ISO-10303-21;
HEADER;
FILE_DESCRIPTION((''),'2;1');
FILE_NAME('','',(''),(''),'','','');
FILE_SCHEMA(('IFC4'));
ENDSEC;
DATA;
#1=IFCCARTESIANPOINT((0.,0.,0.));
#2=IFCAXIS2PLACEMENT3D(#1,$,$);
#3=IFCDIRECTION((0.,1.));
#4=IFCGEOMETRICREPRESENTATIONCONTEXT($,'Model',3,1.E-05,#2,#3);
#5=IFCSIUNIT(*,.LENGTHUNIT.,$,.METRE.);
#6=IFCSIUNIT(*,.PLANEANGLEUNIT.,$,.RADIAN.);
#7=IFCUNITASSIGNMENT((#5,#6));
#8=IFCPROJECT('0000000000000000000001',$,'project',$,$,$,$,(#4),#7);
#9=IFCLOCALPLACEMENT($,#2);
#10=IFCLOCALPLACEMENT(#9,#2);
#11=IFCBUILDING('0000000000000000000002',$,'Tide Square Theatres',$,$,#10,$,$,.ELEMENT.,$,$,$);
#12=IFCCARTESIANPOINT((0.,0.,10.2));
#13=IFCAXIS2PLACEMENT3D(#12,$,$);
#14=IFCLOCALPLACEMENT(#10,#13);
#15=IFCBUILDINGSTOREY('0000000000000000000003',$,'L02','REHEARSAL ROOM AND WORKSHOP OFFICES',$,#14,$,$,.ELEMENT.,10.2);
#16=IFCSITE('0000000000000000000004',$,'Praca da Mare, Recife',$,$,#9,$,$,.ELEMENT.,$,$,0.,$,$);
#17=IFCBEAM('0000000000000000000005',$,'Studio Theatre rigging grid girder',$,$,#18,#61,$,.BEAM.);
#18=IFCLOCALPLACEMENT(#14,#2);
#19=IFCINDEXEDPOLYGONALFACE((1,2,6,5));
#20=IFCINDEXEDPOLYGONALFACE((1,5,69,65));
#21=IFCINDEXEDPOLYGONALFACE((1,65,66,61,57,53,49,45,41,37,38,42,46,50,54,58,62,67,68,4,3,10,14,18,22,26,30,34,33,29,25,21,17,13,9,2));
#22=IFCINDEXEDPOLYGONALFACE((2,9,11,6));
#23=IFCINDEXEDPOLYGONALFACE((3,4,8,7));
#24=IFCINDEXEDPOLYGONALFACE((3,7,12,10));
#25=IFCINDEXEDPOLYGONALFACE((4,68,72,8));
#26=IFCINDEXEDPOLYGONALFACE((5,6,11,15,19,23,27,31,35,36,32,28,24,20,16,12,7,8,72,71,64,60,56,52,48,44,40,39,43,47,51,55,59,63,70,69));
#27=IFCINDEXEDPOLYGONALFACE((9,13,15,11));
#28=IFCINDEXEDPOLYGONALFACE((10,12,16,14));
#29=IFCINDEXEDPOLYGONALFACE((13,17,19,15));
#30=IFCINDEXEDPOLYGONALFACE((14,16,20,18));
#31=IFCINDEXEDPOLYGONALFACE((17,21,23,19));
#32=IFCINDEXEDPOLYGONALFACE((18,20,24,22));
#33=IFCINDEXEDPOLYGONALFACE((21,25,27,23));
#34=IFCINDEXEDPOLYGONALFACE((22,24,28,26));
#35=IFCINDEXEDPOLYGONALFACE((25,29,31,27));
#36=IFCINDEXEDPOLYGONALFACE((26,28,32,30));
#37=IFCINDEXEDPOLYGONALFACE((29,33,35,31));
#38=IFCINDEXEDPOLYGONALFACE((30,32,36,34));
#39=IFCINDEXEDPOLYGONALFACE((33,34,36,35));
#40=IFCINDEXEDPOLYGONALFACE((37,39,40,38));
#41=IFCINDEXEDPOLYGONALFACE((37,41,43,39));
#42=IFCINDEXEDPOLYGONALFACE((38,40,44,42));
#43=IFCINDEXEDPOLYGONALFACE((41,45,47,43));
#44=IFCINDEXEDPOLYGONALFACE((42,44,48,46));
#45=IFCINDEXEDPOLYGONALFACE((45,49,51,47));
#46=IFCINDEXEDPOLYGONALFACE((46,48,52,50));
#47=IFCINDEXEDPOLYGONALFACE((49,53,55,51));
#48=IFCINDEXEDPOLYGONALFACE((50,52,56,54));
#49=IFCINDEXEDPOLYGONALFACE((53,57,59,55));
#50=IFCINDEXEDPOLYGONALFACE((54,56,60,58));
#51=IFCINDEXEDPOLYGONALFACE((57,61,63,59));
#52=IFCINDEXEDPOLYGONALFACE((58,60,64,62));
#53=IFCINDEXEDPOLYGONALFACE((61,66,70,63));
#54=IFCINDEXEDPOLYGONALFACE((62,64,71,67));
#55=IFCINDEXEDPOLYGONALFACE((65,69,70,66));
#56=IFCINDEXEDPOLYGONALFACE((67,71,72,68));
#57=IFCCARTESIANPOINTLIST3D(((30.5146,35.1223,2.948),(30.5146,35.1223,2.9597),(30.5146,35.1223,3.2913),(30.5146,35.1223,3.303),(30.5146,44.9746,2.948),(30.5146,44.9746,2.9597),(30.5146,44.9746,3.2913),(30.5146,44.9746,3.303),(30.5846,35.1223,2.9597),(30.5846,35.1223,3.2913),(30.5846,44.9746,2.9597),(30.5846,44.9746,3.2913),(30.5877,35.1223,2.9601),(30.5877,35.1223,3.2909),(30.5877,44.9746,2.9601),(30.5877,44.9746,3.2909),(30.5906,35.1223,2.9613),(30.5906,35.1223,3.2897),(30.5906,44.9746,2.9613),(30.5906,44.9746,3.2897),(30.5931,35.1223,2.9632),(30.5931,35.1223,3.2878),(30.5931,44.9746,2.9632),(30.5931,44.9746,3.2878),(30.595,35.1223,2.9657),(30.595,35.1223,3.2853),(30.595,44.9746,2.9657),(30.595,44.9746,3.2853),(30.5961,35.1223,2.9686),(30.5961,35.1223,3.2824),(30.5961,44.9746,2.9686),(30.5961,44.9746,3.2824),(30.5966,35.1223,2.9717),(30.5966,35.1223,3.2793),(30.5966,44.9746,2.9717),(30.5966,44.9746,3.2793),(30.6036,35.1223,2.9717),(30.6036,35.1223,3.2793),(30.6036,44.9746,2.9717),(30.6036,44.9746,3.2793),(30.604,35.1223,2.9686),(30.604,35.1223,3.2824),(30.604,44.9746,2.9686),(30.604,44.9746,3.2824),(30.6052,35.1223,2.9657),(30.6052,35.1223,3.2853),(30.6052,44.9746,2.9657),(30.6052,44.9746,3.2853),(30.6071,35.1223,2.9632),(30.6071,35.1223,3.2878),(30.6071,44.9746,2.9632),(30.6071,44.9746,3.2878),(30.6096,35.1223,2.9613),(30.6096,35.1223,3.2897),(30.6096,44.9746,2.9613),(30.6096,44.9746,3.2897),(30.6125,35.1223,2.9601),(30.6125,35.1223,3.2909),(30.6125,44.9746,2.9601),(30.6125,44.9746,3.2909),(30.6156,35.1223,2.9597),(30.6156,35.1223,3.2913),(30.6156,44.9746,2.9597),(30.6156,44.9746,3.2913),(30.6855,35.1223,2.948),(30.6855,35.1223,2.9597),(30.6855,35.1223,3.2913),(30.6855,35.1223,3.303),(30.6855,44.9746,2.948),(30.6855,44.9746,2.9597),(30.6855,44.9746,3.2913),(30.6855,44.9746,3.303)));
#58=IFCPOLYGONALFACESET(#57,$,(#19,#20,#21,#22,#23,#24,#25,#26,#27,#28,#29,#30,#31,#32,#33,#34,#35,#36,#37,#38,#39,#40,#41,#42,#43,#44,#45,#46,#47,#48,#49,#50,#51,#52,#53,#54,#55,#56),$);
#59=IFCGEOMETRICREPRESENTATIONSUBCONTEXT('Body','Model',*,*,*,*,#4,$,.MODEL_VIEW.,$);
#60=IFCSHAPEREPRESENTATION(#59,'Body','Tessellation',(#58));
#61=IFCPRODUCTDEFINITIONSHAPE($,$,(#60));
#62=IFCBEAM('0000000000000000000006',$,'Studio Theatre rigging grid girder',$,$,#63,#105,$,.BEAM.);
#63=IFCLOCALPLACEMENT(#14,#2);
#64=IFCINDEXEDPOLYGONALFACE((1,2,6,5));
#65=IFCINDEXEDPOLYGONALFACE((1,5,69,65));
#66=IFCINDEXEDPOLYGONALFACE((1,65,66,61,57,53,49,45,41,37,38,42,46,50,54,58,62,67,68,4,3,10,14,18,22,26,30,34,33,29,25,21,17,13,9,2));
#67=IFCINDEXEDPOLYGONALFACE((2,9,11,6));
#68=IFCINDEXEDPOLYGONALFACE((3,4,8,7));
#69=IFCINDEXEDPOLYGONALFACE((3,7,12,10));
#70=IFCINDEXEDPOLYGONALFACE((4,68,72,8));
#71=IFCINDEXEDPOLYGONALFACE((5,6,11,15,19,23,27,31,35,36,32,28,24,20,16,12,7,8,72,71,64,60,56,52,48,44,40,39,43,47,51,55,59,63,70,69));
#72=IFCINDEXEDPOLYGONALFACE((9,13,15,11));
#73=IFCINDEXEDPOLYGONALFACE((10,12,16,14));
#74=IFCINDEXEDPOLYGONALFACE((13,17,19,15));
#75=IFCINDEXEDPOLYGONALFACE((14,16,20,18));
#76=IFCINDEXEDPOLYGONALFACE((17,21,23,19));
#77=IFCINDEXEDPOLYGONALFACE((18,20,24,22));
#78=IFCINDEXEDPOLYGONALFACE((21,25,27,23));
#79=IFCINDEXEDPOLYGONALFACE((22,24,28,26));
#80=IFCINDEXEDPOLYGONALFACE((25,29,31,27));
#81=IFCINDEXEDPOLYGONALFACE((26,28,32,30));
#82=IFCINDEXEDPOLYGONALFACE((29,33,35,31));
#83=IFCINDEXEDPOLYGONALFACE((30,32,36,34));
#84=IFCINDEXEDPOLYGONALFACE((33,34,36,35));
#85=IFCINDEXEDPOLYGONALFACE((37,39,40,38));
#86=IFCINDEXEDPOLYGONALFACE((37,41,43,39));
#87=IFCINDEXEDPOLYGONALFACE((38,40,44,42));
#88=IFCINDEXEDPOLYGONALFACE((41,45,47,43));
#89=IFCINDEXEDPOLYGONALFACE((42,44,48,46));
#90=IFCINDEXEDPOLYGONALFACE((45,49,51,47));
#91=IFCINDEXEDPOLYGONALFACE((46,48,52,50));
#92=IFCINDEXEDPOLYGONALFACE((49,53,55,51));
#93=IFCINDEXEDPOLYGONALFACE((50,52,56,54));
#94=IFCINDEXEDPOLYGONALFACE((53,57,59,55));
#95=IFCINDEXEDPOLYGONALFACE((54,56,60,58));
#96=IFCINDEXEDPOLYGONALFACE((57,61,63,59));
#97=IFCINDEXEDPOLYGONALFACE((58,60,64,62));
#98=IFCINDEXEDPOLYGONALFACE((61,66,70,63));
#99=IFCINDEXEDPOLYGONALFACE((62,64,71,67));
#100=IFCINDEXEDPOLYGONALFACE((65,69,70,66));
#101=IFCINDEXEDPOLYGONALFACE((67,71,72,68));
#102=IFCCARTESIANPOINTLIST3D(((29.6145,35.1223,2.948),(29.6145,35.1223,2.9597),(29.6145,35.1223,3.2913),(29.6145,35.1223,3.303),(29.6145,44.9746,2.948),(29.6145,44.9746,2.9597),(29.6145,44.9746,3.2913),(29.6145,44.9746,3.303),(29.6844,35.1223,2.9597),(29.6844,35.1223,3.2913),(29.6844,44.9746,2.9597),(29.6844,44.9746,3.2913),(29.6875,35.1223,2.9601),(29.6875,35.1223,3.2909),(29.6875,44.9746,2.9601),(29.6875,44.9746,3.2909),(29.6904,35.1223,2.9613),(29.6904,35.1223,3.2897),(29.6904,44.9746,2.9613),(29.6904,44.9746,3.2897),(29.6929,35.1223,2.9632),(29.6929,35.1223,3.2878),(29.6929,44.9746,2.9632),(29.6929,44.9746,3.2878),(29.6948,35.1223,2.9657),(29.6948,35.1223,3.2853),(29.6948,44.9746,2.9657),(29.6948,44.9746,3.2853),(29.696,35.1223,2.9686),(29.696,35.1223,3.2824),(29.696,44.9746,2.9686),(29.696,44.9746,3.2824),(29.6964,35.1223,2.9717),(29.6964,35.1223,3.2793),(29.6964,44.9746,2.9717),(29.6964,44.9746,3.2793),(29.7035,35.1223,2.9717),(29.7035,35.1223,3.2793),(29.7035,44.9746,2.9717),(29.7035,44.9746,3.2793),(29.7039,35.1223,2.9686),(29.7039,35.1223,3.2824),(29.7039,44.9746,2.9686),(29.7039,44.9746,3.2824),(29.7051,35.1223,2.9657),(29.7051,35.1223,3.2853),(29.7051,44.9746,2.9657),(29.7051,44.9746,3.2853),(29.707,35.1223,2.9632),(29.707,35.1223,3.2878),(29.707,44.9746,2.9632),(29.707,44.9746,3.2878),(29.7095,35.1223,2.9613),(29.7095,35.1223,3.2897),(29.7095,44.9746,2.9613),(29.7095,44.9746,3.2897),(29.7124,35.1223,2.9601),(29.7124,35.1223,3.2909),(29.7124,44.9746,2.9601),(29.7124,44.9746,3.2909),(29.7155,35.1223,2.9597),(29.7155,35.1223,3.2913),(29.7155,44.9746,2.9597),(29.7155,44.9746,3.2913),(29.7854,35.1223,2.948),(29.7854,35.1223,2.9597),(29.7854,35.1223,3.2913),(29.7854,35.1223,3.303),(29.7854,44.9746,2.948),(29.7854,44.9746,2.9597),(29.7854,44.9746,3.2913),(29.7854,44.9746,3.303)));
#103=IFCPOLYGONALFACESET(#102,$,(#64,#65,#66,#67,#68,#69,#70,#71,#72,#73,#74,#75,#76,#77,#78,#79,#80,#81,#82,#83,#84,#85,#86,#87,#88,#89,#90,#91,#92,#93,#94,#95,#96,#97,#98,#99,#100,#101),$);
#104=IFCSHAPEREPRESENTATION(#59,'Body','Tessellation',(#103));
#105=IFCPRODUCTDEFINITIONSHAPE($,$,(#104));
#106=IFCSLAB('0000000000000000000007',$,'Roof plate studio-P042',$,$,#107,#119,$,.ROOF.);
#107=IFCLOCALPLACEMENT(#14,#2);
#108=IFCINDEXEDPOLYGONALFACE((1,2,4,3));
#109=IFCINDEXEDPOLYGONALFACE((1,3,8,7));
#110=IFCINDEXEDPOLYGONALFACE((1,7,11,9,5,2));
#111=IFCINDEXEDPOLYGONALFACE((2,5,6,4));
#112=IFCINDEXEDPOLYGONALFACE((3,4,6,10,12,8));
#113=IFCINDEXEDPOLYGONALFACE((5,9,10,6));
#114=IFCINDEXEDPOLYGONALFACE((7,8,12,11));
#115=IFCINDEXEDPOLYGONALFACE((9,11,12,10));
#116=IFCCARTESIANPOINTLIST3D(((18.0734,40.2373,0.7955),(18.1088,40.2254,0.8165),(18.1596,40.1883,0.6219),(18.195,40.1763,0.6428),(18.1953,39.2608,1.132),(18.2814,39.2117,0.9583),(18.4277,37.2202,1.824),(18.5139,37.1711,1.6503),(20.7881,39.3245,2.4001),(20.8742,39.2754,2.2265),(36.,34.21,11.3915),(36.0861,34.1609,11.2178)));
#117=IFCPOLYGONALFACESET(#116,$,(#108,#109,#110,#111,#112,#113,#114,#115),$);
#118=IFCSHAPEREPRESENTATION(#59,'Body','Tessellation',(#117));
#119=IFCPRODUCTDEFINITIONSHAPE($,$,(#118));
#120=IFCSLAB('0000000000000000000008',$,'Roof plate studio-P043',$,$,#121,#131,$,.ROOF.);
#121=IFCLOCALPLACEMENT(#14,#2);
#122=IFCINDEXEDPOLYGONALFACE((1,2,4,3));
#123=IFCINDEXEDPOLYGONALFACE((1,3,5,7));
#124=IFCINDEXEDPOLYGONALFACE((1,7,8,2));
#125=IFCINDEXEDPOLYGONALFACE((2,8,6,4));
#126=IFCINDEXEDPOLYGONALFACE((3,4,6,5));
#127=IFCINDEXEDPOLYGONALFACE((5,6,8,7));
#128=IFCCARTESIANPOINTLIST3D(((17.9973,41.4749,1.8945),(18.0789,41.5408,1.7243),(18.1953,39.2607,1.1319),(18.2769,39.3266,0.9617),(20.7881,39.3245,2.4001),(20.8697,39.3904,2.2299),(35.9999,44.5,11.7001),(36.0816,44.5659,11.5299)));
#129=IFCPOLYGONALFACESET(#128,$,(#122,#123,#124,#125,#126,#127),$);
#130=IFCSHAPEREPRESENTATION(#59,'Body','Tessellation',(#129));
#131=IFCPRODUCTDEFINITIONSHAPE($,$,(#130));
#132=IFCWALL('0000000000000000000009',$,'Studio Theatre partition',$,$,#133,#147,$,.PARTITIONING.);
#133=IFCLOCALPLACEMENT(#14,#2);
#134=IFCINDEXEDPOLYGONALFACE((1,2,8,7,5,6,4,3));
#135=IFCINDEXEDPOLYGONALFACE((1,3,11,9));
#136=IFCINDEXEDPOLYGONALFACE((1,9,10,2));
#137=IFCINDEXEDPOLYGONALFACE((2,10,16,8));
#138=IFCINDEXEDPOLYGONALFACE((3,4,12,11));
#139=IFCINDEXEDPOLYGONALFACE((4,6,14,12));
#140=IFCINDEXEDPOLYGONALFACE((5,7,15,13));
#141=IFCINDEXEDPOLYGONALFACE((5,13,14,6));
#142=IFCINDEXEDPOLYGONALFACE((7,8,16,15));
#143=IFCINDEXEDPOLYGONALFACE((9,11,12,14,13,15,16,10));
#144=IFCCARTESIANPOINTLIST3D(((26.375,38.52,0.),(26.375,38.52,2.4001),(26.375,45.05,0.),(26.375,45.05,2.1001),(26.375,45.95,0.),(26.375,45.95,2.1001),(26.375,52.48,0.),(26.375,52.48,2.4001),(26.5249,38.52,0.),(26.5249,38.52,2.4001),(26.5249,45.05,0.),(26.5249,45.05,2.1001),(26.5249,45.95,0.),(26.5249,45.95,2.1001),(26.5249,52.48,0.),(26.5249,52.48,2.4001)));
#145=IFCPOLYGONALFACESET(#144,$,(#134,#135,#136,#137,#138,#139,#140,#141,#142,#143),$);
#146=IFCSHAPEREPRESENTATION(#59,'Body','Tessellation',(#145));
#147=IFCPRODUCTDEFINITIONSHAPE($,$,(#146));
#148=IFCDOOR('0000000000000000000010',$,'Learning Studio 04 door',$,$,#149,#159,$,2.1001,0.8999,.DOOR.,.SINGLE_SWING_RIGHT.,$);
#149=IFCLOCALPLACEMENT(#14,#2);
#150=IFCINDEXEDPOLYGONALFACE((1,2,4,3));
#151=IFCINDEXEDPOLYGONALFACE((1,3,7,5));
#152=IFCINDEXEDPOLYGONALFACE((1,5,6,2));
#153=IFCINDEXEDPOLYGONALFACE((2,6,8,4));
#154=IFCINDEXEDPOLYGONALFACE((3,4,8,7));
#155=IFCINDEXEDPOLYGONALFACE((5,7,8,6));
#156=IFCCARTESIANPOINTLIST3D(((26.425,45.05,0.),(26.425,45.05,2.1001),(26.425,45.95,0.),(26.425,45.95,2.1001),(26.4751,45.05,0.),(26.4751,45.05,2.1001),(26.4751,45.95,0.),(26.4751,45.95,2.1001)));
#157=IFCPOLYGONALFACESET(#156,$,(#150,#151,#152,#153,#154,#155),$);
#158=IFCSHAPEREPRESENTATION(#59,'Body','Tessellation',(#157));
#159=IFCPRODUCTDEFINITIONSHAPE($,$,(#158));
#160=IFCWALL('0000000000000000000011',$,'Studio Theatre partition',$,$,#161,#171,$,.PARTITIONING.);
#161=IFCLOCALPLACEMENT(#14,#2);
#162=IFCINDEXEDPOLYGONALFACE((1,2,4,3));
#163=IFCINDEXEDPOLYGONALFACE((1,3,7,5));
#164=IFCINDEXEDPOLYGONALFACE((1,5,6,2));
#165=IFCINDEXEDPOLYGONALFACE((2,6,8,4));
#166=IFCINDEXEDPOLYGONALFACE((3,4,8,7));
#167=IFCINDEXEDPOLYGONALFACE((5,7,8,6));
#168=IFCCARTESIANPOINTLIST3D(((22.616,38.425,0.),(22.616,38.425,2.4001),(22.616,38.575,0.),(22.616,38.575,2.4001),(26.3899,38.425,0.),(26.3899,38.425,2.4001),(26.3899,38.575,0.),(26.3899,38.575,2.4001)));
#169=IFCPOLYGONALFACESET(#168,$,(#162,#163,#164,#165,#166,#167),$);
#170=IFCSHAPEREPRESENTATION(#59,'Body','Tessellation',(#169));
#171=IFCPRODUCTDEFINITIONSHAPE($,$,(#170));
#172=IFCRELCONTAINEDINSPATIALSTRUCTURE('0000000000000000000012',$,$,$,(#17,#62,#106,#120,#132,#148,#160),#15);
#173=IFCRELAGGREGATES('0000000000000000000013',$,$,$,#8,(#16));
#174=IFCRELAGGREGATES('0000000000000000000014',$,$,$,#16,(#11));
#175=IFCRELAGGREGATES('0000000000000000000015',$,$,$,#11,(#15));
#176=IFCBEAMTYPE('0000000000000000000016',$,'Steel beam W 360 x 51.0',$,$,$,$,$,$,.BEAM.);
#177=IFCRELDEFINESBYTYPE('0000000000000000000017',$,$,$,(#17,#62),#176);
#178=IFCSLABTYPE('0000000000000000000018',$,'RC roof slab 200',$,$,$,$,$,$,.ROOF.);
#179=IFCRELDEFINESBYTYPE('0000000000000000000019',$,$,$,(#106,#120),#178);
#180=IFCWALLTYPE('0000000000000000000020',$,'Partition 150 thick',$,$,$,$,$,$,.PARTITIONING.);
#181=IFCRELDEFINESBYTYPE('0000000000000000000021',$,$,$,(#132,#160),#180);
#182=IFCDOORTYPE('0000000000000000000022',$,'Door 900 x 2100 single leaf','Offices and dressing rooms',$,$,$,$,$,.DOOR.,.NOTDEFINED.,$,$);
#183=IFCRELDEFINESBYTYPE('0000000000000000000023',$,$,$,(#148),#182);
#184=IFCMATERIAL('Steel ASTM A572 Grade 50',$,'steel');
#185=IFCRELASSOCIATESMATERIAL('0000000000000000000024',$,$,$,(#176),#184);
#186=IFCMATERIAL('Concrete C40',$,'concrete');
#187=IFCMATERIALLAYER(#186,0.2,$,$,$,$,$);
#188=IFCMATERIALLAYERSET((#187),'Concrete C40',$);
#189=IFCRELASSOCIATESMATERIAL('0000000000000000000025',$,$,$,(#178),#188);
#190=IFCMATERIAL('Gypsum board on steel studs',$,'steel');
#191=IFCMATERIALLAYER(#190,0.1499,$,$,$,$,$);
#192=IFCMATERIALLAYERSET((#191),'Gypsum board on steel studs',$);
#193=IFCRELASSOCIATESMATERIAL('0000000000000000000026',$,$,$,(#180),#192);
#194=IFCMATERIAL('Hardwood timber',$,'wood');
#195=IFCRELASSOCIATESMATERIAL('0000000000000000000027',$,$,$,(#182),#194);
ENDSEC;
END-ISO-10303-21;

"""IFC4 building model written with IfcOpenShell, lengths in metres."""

from ifc_helpers import new_model, si_unit, direction, frame, frame_2d, origin, origin_2d, place, context, subcontext, project, spatial, polyline, rectangle, i_section, outline, extrude, material, layer, layer_set, material_profile, profile_set, type_object, element, fill, save


model = new_model("IFC4")

# Units and contexts
model_context = context("Model", 3, precision=1e-05, world=origin(), true_north=direction((0.0, 1.0)))
body_context = subcontext(model_context, "Body", "Model", "MODEL_VIEW")
ifc_project = project(units=[si_unit("LENGTHUNIT", "METRE"), si_unit("PLANEANGLEUNIT", "RADIAN")], contexts=[model_context])

# Site, building, storey
site_placement = place(None, origin())
site = spatial("IfcSite", under=ifc_project, at=site_placement, Name="Praca da Mare, Recife", CompositionType="ELEMENT", RefElevation=0.0)
building_placement = place(site_placement, origin())
building = spatial("IfcBuilding", under=site, at=building_placement, Name="Tide Square Theatres", CompositionType="ELEMENT")
storey_placement = place(building_placement, frame((0.0, 0.0, 10.2)))
storey = spatial("IfcBuildingStorey", under=building, at=storey_placement, Name="L02", Description="REHEARSAL ROOM AND WORKSHOP OFFICES", CompositionType="ELEMENT", Elevation=10.2)

# Beams
ifc_material_1 = material(Name="Steel ASTM A572 Grade 50", Category="steel")
ifc_material_profile_1 = material_profile(ifc_material_1, i_section(OverallWidth=0.1709, OverallDepth=0.355, WebThickness=0.0071, FlangeThickness=0.0117, FilletRadius=0.012, at=origin_2d()))
ifc_profile_set_1 = profile_set([ifc_material_profile_1], Name="Steel ASTM A572 Grade 50")
beam_type = type_object("IfcBeamType", Name="Steel beam W 360 x 51.0", PredefinedType="BEAM", material=ifc_profile_set_1)
for number, where, z_axis, x_axis, name in (
    (1, (30.6001, 35.1223, 3.1255), (0.0, 1.0, 0.0), (-1.0, 0.0, 0.0), "Studio Theatre rigging grid girder"),
    (2, (29.7, 35.1223, 3.1255), (0.0, 1.0, 0.0), (-1.0, 0.0, 0.0), "Studio Theatre rigging grid girder"),
):
    element("IfcBeam", number, at=place(storey_placement, frame(where, z_axis=z_axis, x_axis=x_axis)), inside=storey, type_object=beam_type, Name=name, PredefinedType="BEAM", context=body_context, shape_type="SweptSolid", body=[
        extrude(i_section(OverallWidth=0.1709, OverallDepth=0.355, WebThickness=0.0071, FlangeThickness=0.0117, FilletRadius=0.012, at=origin_2d()), origin(), (0.0, 0.0, 1.0), 9.8523),
    ])

# Slabs
ifc_material_2 = material(Name="Concrete C40", Category="concrete")
ifc_layer_1 = layer(ifc_material_2, 0.2)
ifc_layer_set_1 = layer_set([ifc_layer_1], Name="Concrete C40")
slab_type = type_object("IfcSlabType", Name="RC roof slab 200", PredefinedType="ROOF", material=ifc_layer_set_1)
slab_1_placement = place(storey_placement, frame((18.4277, 37.2202, 1.824), z_axis=(-0.43079, 0.245433, 0.868437), x_axis=(0.868486, -0.148777, 0.472861)))
element("IfcSlab", 3, at=slab_1_placement, inside=storey, type_object=slab_type, Name="Roof plate studio-P042", PredefinedType="ROOF", context=body_context, shape_type="SweptSolid", body=[
    extrude(outline(polyline([(0.0, 0.0), (20.2332, 0.0), (2.0093, 2.5087), (-0.8327, 2.0008), (-1.2004, 2.9507), (-1.2429, 2.9566), (0.0, 0.0)])), origin(), (0.0, 0.0, -1.0), 0.2),
])
slab_2_placement = place(storey_placement, frame((20.7881, 39.3245, 2.4001), z_axis=(-0.408257, -0.329681, 0.851256), x_axis=(0.819365, 0.278771, 0.500927)))
element("IfcSlab", 4, at=slab_2_placement, inside=storey, type_object=slab_type, Name="Roof plate studio-P043", PredefinedType="ROOF", context=body_context, shape_type="SweptSolid", body=[
    extrude(outline(polyline([(0.0, 0.0), (18.5654, 0.0), (-1.9405, 2.9838), (-2.7775, 0.7877), (0.0, 0.0)])), origin(), (0.0, 0.0, -1.0), 0.2),
])

# Wall, opening, door
ifc_material_3 = material(Name="Gypsum board on steel studs", Category="steel")
ifc_layer_2 = layer(ifc_material_3, 0.1499)
ifc_layer_set_2 = layer_set([ifc_layer_2], Name="Gypsum board on steel studs")
wall_type_1 = type_object("IfcWallType", Name="Partition 150 thick", PredefinedType="PARTITIONING", material=ifc_layer_set_2)
wall_1_placement = place(storey_placement, frame((26.45, 38.52, 0.0), z_axis=(0.0, 0.0, 1.0), x_axis=(0.0, 1.0, 0.0)))
wall_1 = element("IfcWall", 5, at=wall_1_placement, inside=storey, type_object=wall_type_1, Name="Studio Theatre partition", PredefinedType="PARTITIONING", context=body_context, shape_type="SweptSolid", body=[
    extrude(rectangle(XDim=13.96, YDim=0.1499, at=frame_2d((6.98, 0.0))), origin(), (0.0, 0.0, 1.0), 2.4001),
])
opening_1_placement = place(wall_1_placement, frame((6.53, 0.0, 0.0)))
opening_1 = element("IfcOpeningElement", 6, at=opening_1_placement, cuts=wall_1, PredefinedType="OPENING", context=body_context, shape_type="SweptSolid", body=[
    extrude(rectangle(XDim=0.8999, YDim=2.1001, at=frame_2d((0.45, 1.05))), frame((0.0, 0.085, 0.0), z_axis=(0.0, -1.0, 0.0), x_axis=(1.0, 0.0, 0.0)), (0.0, 0.0, 1.0), 0.1699),
])
ifc_material_4 = material(Name="Hardwood timber", Category="wood")
door_type = type_object("IfcDoorType", Name="Door 900 x 2100 single leaf", Description="Offices and dressing rooms", OperationType="NOTDEFINED", PredefinedType="DOOR", material=ifc_material_4)
door_placement = place(opening_1_placement, origin())
door = element("IfcDoor", 7, at=door_placement, inside=storey, type_object=door_type, Name="Learning Studio 04 door", OperationType="SINGLE_SWING_RIGHT", OverallHeight=2.1001, OverallWidth=0.8999, PredefinedType="DOOR", context=body_context, shape_type="SweptSolid", body=[
    extrude(rectangle(XDim=0.8999, YDim=2.1001, at=frame_2d((0.45, 1.05))), frame((0.0, 0.0249, 0.0), z_axis=(0.0, -1.0, 0.0), x_axis=(1.0, 0.0, 0.0)), (0.0, 0.0, 1.0), 0.05),
])
fill(opening_1, door)

# Wall
wall_2_placement = place(storey_placement, frame((22.616, 38.5, 0.0), z_axis=(0.0, 0.0, 1.0), x_axis=(1.0, 0.0, 0.0)))
element("IfcWall", 8, at=wall_2_placement, inside=storey, type_object=wall_type_1, Name="Studio Theatre partition", PredefinedType="PARTITIONING", context=body_context, shape_type="SweptSolid", body=[
    extrude(rectangle(XDim=3.7739, YDim=0.1499, at=frame_2d((1.887, 0.0))), origin(), (0.0, 0.0, 1.0), 2.4001),
])

save(model, "model.ifc")
